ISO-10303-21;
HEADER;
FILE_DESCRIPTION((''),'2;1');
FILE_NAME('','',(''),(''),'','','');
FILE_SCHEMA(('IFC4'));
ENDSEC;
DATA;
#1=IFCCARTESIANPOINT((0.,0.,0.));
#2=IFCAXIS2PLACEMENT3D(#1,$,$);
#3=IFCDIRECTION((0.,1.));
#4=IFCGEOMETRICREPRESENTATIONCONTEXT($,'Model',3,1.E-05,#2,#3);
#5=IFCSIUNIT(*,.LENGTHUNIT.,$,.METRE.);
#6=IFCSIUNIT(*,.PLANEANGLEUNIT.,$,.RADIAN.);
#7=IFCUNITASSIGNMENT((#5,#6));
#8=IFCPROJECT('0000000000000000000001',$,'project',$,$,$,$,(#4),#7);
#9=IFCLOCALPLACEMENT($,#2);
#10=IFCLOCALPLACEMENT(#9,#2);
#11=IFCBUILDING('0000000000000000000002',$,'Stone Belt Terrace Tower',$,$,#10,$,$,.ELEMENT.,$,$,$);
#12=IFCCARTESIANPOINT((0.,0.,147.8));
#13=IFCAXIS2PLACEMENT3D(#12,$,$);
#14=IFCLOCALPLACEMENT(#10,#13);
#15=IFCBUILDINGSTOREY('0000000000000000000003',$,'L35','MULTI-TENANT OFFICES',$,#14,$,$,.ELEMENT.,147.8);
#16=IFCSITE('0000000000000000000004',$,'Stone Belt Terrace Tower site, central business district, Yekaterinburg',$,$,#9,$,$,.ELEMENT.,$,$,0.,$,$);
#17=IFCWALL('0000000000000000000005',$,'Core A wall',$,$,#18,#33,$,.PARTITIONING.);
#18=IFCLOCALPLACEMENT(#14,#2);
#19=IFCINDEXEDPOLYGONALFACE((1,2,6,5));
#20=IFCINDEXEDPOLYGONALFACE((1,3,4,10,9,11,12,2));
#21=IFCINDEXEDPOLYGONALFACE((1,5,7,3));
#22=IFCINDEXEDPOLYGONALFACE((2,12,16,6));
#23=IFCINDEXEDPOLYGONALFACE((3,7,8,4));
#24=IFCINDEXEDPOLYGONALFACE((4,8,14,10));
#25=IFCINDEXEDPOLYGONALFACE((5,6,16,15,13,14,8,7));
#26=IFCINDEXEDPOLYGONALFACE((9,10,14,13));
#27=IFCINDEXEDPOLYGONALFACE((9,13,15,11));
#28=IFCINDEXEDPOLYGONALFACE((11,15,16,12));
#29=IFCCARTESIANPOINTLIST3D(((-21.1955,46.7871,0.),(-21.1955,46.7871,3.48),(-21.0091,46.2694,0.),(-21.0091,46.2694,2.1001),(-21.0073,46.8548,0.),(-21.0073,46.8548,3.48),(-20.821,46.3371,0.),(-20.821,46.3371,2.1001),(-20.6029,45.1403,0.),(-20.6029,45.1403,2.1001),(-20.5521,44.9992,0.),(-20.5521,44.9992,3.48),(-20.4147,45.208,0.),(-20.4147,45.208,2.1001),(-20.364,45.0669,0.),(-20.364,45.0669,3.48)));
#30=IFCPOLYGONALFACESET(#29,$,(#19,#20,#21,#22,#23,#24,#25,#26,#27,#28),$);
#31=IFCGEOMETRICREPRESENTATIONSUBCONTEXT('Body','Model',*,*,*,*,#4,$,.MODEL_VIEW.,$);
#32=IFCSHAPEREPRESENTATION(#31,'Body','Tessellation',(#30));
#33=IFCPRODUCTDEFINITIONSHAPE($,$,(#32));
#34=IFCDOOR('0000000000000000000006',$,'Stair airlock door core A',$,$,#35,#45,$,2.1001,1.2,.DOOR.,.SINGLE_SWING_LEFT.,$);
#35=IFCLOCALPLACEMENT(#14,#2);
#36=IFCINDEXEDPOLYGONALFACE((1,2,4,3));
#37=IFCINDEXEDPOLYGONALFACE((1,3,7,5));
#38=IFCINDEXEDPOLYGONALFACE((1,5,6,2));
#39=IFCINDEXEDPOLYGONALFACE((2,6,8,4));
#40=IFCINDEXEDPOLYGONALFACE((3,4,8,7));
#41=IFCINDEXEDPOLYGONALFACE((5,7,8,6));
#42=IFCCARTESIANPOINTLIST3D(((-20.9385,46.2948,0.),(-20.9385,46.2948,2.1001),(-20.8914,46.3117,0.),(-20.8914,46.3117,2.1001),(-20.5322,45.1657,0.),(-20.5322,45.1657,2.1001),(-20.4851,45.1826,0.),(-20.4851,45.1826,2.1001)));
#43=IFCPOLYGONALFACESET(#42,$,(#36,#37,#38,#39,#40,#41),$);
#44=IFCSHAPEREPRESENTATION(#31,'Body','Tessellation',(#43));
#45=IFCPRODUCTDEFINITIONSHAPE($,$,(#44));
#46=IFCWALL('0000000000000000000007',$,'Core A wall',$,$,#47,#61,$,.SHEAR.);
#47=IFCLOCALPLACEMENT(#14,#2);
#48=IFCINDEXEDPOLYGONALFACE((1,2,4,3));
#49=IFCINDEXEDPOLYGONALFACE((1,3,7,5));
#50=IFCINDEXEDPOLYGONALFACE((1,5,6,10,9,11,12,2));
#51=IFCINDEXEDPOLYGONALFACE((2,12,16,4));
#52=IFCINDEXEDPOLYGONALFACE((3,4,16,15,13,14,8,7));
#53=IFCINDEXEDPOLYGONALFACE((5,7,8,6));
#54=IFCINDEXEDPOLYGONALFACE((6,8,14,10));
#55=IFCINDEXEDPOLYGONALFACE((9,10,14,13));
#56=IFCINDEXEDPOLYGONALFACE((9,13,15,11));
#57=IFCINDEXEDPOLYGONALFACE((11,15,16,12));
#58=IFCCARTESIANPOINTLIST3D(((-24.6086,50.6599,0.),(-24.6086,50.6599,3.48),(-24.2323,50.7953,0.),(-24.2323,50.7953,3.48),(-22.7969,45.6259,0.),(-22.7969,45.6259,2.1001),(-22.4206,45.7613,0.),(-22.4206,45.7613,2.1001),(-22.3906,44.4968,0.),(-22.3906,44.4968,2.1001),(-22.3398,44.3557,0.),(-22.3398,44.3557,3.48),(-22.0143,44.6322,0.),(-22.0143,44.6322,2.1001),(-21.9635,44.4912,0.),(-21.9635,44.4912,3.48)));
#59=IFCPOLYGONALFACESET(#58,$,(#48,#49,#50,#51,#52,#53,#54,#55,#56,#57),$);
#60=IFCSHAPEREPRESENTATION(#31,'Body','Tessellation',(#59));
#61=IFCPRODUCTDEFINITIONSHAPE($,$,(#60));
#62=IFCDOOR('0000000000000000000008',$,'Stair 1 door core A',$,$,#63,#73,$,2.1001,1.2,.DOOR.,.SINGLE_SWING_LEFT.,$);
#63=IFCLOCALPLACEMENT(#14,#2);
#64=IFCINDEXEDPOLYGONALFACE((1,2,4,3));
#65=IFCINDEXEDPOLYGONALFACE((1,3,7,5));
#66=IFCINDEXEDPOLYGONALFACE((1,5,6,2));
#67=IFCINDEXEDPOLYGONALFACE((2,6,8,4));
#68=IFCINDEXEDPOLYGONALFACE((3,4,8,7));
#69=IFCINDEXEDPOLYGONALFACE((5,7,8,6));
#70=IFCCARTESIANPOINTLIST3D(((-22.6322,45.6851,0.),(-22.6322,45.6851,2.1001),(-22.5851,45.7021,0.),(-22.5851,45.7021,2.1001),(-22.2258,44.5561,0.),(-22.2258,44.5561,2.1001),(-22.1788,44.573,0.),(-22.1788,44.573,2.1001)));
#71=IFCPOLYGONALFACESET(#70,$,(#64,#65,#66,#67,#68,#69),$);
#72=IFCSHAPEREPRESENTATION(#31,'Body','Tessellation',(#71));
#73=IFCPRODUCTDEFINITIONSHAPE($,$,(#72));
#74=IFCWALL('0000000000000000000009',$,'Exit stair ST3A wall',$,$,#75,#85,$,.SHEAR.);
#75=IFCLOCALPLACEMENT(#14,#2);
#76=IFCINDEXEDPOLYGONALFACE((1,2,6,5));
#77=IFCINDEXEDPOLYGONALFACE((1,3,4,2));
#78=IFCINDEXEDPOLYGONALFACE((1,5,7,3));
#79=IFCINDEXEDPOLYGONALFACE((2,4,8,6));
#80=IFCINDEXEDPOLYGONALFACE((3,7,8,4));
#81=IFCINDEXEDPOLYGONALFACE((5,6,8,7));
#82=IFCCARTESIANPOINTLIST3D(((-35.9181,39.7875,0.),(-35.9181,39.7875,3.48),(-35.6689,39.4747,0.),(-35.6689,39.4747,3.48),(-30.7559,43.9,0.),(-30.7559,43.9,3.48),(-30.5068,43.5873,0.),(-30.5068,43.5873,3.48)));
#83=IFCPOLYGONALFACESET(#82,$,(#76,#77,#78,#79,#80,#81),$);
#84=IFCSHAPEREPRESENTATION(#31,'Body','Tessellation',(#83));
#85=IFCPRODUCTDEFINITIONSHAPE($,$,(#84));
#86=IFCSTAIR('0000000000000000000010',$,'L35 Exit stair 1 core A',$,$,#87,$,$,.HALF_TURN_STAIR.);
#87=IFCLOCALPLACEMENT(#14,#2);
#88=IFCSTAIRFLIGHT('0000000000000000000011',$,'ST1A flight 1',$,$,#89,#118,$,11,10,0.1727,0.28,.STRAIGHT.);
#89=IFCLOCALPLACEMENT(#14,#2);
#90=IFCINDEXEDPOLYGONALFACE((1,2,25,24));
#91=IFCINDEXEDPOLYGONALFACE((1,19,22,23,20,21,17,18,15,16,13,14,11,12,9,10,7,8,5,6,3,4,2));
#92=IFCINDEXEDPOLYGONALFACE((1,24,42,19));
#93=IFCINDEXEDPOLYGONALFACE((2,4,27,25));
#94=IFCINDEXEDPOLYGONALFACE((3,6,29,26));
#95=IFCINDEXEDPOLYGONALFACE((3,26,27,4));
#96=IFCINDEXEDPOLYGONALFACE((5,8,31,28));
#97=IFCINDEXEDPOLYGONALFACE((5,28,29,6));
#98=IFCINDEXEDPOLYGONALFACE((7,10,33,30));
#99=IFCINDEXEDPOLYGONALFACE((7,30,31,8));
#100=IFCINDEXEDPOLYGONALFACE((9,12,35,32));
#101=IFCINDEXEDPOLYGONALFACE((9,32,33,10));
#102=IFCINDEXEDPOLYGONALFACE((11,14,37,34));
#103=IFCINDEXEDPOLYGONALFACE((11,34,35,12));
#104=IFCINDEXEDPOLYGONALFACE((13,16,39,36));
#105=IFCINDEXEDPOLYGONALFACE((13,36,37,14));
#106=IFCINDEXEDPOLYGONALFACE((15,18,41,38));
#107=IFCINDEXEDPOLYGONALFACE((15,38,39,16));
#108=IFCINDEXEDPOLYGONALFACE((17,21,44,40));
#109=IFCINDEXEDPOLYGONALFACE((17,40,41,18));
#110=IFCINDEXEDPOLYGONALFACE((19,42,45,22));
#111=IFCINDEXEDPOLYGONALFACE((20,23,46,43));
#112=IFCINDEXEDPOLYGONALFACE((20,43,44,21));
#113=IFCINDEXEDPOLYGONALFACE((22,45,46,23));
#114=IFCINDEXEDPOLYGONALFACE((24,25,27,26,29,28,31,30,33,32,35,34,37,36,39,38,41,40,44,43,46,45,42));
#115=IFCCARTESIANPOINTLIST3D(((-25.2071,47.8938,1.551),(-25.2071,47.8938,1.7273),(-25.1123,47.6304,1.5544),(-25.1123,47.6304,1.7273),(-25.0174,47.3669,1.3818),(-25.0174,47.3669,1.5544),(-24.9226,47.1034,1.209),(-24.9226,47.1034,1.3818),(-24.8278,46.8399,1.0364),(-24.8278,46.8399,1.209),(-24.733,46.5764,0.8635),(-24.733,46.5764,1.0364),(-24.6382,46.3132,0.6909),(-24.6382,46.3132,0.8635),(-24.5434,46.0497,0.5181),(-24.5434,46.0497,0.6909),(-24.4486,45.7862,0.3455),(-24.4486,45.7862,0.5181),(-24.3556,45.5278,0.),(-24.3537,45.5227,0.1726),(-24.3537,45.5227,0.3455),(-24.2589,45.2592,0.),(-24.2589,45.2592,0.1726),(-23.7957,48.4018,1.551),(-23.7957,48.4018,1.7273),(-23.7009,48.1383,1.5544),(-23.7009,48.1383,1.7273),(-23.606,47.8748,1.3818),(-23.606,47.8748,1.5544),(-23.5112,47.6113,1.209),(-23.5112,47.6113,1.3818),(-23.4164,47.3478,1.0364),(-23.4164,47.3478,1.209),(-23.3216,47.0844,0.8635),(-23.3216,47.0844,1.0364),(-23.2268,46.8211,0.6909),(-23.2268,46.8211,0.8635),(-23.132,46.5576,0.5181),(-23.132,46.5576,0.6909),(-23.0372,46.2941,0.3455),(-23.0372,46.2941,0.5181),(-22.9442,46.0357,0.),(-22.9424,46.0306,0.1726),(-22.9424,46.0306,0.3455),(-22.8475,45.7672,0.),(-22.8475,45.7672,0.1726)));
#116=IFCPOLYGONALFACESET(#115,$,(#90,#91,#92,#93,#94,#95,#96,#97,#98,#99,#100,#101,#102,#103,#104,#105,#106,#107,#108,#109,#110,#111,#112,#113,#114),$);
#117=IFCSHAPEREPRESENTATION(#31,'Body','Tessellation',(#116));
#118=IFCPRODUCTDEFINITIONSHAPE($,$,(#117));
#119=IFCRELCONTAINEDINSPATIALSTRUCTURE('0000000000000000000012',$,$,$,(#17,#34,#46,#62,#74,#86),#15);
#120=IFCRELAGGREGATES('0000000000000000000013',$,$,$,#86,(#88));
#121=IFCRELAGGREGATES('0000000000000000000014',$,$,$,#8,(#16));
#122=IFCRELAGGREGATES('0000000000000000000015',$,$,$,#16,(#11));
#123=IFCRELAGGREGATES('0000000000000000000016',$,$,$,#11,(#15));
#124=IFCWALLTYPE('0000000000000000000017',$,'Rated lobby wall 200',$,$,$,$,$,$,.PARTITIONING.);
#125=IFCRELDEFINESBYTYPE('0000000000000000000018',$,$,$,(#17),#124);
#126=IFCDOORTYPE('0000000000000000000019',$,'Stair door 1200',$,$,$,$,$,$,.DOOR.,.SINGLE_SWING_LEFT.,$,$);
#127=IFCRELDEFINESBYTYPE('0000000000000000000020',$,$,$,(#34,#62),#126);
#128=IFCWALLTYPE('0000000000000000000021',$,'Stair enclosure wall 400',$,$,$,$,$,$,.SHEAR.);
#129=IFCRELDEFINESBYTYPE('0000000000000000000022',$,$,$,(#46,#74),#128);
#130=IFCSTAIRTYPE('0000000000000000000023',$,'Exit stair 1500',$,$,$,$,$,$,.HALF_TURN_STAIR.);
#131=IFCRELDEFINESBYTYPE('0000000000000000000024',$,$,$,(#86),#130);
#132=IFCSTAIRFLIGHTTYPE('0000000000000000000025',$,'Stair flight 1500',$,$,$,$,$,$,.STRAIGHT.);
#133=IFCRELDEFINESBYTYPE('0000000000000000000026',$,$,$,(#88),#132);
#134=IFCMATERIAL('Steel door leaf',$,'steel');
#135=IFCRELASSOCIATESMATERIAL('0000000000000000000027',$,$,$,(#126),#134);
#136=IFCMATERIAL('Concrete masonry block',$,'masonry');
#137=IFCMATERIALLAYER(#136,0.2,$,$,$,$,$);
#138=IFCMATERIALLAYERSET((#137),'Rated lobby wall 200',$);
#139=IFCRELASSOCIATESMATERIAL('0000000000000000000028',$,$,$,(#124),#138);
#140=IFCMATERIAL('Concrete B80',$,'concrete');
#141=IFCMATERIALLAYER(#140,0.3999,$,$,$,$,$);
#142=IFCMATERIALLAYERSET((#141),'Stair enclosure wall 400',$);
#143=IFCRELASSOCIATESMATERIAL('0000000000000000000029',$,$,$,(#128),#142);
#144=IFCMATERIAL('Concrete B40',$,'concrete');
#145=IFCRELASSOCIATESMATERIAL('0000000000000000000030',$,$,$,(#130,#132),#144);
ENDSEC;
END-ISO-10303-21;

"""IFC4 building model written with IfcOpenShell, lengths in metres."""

from ifc_helpers import new_model, si_unit, direction, frame, frame_2d, origin, place, context, subcontext, project, spatial, polyline, rectangle, outline, extrude, material, layer, layer_set, type_object, element, fill, aggregate, save


model = new_model("IFC4")

# Units and contexts
model_context = context("Model", 3, precision=1e-05, world=origin(), true_north=direction((0.0, 1.0)))
body_context = subcontext(model_context, "Body", "Model", "MODEL_VIEW")
ifc_project = project(units=[si_unit("LENGTHUNIT", "METRE"), si_unit("PLANEANGLEUNIT", "RADIAN")], contexts=[model_context])

# Site, building, storey
site_placement = place(None, origin())
site = spatial("IfcSite", under=ifc_project, at=site_placement, Name="Stone Belt Terrace Tower site, central business district, Yekaterinburg", CompositionType="ELEMENT", RefElevation=0.0)
building_placement = place(site_placement, origin())
building = spatial("IfcBuilding", under=site, at=building_placement, Name="Stone Belt Terrace Tower", CompositionType="ELEMENT")
storey_placement = place(building_placement, frame((0.0, 0.0, 147.8)))
storey = spatial("IfcBuildingStorey", under=building, at=storey_placement, Name="L35", Description="MULTI-TENANT OFFICES", CompositionType="ELEMENT", Elevation=147.8)

# Shared definitions
ifc_material_1 = material(Name="Concrete B80", Category="concrete")

# Shared definitions
ifc_material_2 = material(Name="Steel door leaf", Category="steel")
door_type_1 = type_object("IfcDoorType", Name="Stair door 1200", OperationType="SINGLE_SWING_LEFT", PredefinedType="DOOR", material=ifc_material_2)

# Walls, openings, doors
ifc_material_3 = material(Name="Concrete masonry block", Category="masonry")
ifc_layer_1 = layer(ifc_material_3, 0.2)
ifc_layer_set_1 = layer_set([ifc_layer_1], Name="Rated lobby wall 200")
wall_type_1 = type_object("IfcWallType", Name="Rated lobby wall 200", PredefinedType="PARTITIONING", material=ifc_layer_set_1)
wall_1_placement = place(storey_placement, frame((-20.458, 45.033, 0.0), z_axis=(0.0, 0.0, 1.0), x_axis=(-0.338574, 0.94094, 0.0)))
wall_1 = element("IfcWall", 1, at=wall_1_placement, inside=storey, type_object=wall_type_1, Name="Core A wall", PredefinedType="PARTITIONING", context=body_context, shape_type="SweptSolid", body=[
    extrude(rectangle(XDim=1.9001, YDim=0.2, at=frame_2d((0.9502, 0.0))), origin(), (0.0, 0.0, 1.0), 3.48),
])
opening_1_placement = place(wall_1_placement, frame((0.1499, 0.0, 0.0)))
opening_1 = element("IfcOpeningElement", 2, at=opening_1_placement, cuts=wall_1, PredefinedType="OPENING", context=body_context, shape_type="SweptSolid", body=[
    extrude(rectangle(XDim=1.2, YDim=2.1001, at=frame_2d((0.6001, 1.05))), frame((0.0, 0.1099, 0.0), z_axis=(0.0, -1.0, 0.0), x_axis=(1.0, 0.0, 0.0)), (0.0, 0.0, 1.0), 0.22),
])
door_1_placement = place(opening_1_placement, origin())
door_1 = element("IfcDoor", 3, at=door_1_placement, inside=storey, type_object=door_type_1, Name="Stair airlock door core A", OperationType="SINGLE_SWING_LEFT", OverallHeight=2.1001, OverallWidth=1.2, PredefinedType="DOOR", context=body_context, shape_type="SweptSolid", body=[
    extrude(rectangle(XDim=1.2, YDim=2.1001, at=frame_2d((0.6001, 1.05))), frame((0.0, 0.0249, 0.0), z_axis=(0.0, -1.0, 0.0), x_axis=(1.0, 0.0, 0.0)), (0.0, 0.0, 1.0), 0.05),
])
fill(opening_1, door_1)
ifc_layer_2 = layer(ifc_material_1, 0.3999)
ifc_layer_set_2 = layer_set([ifc_layer_2], Name="Stair enclosure wall 400")
wall_type_2 = type_object("IfcWallType", Name="Stair enclosure wall 400", PredefinedType="SHEAR", material=ifc_layer_set_2)
wall_2_placement = place(storey_placement, frame((-22.1516, 44.4233, 0.0), z_axis=(0.0, 0.0, 1.0), x_axis=(-0.338625, 0.940921, 0.0)))
wall_2 = element("IfcWall", 4, at=wall_2_placement, inside=storey, type_object=wall_type_2, Name="Core A wall", PredefinedType="SHEAR", context=body_context, shape_type="SweptSolid", body=[
    extrude(rectangle(XDim=6.7, YDim=0.3999, at=frame_2d((3.3501, 0.0))), origin(), (0.0, 0.0, 1.0), 3.48),
])
opening_2_placement = place(wall_2_placement, frame((0.1499, 0.0, 0.0)))
opening_2 = element("IfcOpeningElement", 5, at=opening_2_placement, cuts=wall_2, PredefinedType="OPENING", context=body_context, shape_type="SweptSolid", body=[
    extrude(rectangle(XDim=1.2, YDim=2.1001, at=frame_2d((0.6001, 1.05))), frame((0.0, 0.21, 0.0), z_axis=(0.0, -1.0, 0.0), x_axis=(1.0, 0.0, 0.0)), (0.0, 0.0, 1.0), 0.4199),
])
door_2_placement = place(opening_2_placement, origin())
door_2 = element("IfcDoor", 6, at=door_2_placement, inside=storey, type_object=door_type_1, Name="Stair 1 door core A", OperationType="SINGLE_SWING_LEFT", OverallHeight=2.1001, OverallWidth=1.2, PredefinedType="DOOR", context=body_context, shape_type="SweptSolid", body=[
    extrude(rectangle(XDim=1.2, YDim=2.1001, at=frame_2d((0.6001, 1.05))), frame((0.0, 0.0249, 0.0), z_axis=(0.0, -1.0, 0.0), x_axis=(1.0, 0.0, 0.0)), (0.0, 0.0, 1.0), 0.05),
])
fill(opening_2, door_2)

# Wall
wall_3_placement = place(storey_placement, frame((-30.6313, 43.7437, 0.0), z_axis=(0.0, 0.0, 1.0), x_axis=(-0.782134, -0.62311, 0.0)))
element("IfcWall", 7, at=wall_3_placement, inside=storey, type_object=wall_type_2, Name="Exit stair ST3A wall", PredefinedType="SHEAR", context=body_context, shape_type="SweptSolid", body=[
    extrude(rectangle(XDim=6.6001, YDim=0.3999, at=frame_2d((3.3, 0.0))), origin(), (0.0, 0.0, 1.0), 3.48),
])

# Stair, stair flight
ifc_material_4 = material(Name="Concrete B40", Category="concrete")
stair_type = type_object("IfcStairType", Name="Exit stair 1500", PredefinedType="HALF_TURN_STAIR", material=ifc_material_4)
stair_placement = place(storey_placement, origin())
stair = element("IfcStair", 8, at=stair_placement, inside=storey, type_object=stair_type, Name="L35 Exit stair 1 core A", PredefinedType="HALF_TURN_STAIR")
stair_flight_type = type_object("IfcStairFlightType", Name="Stair flight 1500", PredefinedType="STRAIGHT", material=ifc_material_4)
stair_flight_placement = place(storey_placement, frame((-23.5532, 45.5132, 0.0), z_axis=(0.0, 0.0, 1.0), x_axis=(-0.338624, 0.940922, 0.0)))
stair_flight = element("IfcStairFlight", 9, at=stair_flight_placement, type_object=stair_flight_type, Name="ST1A flight 1", NumberOfRisers=11, NumberOfTreads=10, PredefinedType="STRAIGHT", RiserHeight=0.1727, TreadLength=0.28, context=body_context, shape_type="SweptSolid", body=[
    extrude(outline(polyline([(0.0, 0.0), (0.0, 0.1726), (0.28, 0.1726), (0.28, 0.3455), (0.5601, 0.3455), (0.5601, 0.5181), (0.8401, 0.5181), (0.8401, 0.6909), (1.1201, 0.6909), (1.1201, 0.8635), (1.3999, 0.8635), (1.3999, 1.0364), (1.6799, 1.0364), (1.6799, 1.209), (1.96, 1.209), (1.96, 1.3818), (2.24, 1.3818), (2.24, 1.5544), (2.52, 1.5544), (2.52, 1.7273), (2.8, 1.7273), (2.8, 1.8999), (2.8, 1.551), (0.2854, 0.0), (0.0, 0.0)])), frame((0.0, 0.75, 0.0), z_axis=(0.0, -1.0, 0.0), x_axis=(1.0, 0.0, 0.0)), (0.0, 0.0, 1.0), 1.5),
])
aggregate(stair, [stair_flight])

save(model, "model.ifc")
